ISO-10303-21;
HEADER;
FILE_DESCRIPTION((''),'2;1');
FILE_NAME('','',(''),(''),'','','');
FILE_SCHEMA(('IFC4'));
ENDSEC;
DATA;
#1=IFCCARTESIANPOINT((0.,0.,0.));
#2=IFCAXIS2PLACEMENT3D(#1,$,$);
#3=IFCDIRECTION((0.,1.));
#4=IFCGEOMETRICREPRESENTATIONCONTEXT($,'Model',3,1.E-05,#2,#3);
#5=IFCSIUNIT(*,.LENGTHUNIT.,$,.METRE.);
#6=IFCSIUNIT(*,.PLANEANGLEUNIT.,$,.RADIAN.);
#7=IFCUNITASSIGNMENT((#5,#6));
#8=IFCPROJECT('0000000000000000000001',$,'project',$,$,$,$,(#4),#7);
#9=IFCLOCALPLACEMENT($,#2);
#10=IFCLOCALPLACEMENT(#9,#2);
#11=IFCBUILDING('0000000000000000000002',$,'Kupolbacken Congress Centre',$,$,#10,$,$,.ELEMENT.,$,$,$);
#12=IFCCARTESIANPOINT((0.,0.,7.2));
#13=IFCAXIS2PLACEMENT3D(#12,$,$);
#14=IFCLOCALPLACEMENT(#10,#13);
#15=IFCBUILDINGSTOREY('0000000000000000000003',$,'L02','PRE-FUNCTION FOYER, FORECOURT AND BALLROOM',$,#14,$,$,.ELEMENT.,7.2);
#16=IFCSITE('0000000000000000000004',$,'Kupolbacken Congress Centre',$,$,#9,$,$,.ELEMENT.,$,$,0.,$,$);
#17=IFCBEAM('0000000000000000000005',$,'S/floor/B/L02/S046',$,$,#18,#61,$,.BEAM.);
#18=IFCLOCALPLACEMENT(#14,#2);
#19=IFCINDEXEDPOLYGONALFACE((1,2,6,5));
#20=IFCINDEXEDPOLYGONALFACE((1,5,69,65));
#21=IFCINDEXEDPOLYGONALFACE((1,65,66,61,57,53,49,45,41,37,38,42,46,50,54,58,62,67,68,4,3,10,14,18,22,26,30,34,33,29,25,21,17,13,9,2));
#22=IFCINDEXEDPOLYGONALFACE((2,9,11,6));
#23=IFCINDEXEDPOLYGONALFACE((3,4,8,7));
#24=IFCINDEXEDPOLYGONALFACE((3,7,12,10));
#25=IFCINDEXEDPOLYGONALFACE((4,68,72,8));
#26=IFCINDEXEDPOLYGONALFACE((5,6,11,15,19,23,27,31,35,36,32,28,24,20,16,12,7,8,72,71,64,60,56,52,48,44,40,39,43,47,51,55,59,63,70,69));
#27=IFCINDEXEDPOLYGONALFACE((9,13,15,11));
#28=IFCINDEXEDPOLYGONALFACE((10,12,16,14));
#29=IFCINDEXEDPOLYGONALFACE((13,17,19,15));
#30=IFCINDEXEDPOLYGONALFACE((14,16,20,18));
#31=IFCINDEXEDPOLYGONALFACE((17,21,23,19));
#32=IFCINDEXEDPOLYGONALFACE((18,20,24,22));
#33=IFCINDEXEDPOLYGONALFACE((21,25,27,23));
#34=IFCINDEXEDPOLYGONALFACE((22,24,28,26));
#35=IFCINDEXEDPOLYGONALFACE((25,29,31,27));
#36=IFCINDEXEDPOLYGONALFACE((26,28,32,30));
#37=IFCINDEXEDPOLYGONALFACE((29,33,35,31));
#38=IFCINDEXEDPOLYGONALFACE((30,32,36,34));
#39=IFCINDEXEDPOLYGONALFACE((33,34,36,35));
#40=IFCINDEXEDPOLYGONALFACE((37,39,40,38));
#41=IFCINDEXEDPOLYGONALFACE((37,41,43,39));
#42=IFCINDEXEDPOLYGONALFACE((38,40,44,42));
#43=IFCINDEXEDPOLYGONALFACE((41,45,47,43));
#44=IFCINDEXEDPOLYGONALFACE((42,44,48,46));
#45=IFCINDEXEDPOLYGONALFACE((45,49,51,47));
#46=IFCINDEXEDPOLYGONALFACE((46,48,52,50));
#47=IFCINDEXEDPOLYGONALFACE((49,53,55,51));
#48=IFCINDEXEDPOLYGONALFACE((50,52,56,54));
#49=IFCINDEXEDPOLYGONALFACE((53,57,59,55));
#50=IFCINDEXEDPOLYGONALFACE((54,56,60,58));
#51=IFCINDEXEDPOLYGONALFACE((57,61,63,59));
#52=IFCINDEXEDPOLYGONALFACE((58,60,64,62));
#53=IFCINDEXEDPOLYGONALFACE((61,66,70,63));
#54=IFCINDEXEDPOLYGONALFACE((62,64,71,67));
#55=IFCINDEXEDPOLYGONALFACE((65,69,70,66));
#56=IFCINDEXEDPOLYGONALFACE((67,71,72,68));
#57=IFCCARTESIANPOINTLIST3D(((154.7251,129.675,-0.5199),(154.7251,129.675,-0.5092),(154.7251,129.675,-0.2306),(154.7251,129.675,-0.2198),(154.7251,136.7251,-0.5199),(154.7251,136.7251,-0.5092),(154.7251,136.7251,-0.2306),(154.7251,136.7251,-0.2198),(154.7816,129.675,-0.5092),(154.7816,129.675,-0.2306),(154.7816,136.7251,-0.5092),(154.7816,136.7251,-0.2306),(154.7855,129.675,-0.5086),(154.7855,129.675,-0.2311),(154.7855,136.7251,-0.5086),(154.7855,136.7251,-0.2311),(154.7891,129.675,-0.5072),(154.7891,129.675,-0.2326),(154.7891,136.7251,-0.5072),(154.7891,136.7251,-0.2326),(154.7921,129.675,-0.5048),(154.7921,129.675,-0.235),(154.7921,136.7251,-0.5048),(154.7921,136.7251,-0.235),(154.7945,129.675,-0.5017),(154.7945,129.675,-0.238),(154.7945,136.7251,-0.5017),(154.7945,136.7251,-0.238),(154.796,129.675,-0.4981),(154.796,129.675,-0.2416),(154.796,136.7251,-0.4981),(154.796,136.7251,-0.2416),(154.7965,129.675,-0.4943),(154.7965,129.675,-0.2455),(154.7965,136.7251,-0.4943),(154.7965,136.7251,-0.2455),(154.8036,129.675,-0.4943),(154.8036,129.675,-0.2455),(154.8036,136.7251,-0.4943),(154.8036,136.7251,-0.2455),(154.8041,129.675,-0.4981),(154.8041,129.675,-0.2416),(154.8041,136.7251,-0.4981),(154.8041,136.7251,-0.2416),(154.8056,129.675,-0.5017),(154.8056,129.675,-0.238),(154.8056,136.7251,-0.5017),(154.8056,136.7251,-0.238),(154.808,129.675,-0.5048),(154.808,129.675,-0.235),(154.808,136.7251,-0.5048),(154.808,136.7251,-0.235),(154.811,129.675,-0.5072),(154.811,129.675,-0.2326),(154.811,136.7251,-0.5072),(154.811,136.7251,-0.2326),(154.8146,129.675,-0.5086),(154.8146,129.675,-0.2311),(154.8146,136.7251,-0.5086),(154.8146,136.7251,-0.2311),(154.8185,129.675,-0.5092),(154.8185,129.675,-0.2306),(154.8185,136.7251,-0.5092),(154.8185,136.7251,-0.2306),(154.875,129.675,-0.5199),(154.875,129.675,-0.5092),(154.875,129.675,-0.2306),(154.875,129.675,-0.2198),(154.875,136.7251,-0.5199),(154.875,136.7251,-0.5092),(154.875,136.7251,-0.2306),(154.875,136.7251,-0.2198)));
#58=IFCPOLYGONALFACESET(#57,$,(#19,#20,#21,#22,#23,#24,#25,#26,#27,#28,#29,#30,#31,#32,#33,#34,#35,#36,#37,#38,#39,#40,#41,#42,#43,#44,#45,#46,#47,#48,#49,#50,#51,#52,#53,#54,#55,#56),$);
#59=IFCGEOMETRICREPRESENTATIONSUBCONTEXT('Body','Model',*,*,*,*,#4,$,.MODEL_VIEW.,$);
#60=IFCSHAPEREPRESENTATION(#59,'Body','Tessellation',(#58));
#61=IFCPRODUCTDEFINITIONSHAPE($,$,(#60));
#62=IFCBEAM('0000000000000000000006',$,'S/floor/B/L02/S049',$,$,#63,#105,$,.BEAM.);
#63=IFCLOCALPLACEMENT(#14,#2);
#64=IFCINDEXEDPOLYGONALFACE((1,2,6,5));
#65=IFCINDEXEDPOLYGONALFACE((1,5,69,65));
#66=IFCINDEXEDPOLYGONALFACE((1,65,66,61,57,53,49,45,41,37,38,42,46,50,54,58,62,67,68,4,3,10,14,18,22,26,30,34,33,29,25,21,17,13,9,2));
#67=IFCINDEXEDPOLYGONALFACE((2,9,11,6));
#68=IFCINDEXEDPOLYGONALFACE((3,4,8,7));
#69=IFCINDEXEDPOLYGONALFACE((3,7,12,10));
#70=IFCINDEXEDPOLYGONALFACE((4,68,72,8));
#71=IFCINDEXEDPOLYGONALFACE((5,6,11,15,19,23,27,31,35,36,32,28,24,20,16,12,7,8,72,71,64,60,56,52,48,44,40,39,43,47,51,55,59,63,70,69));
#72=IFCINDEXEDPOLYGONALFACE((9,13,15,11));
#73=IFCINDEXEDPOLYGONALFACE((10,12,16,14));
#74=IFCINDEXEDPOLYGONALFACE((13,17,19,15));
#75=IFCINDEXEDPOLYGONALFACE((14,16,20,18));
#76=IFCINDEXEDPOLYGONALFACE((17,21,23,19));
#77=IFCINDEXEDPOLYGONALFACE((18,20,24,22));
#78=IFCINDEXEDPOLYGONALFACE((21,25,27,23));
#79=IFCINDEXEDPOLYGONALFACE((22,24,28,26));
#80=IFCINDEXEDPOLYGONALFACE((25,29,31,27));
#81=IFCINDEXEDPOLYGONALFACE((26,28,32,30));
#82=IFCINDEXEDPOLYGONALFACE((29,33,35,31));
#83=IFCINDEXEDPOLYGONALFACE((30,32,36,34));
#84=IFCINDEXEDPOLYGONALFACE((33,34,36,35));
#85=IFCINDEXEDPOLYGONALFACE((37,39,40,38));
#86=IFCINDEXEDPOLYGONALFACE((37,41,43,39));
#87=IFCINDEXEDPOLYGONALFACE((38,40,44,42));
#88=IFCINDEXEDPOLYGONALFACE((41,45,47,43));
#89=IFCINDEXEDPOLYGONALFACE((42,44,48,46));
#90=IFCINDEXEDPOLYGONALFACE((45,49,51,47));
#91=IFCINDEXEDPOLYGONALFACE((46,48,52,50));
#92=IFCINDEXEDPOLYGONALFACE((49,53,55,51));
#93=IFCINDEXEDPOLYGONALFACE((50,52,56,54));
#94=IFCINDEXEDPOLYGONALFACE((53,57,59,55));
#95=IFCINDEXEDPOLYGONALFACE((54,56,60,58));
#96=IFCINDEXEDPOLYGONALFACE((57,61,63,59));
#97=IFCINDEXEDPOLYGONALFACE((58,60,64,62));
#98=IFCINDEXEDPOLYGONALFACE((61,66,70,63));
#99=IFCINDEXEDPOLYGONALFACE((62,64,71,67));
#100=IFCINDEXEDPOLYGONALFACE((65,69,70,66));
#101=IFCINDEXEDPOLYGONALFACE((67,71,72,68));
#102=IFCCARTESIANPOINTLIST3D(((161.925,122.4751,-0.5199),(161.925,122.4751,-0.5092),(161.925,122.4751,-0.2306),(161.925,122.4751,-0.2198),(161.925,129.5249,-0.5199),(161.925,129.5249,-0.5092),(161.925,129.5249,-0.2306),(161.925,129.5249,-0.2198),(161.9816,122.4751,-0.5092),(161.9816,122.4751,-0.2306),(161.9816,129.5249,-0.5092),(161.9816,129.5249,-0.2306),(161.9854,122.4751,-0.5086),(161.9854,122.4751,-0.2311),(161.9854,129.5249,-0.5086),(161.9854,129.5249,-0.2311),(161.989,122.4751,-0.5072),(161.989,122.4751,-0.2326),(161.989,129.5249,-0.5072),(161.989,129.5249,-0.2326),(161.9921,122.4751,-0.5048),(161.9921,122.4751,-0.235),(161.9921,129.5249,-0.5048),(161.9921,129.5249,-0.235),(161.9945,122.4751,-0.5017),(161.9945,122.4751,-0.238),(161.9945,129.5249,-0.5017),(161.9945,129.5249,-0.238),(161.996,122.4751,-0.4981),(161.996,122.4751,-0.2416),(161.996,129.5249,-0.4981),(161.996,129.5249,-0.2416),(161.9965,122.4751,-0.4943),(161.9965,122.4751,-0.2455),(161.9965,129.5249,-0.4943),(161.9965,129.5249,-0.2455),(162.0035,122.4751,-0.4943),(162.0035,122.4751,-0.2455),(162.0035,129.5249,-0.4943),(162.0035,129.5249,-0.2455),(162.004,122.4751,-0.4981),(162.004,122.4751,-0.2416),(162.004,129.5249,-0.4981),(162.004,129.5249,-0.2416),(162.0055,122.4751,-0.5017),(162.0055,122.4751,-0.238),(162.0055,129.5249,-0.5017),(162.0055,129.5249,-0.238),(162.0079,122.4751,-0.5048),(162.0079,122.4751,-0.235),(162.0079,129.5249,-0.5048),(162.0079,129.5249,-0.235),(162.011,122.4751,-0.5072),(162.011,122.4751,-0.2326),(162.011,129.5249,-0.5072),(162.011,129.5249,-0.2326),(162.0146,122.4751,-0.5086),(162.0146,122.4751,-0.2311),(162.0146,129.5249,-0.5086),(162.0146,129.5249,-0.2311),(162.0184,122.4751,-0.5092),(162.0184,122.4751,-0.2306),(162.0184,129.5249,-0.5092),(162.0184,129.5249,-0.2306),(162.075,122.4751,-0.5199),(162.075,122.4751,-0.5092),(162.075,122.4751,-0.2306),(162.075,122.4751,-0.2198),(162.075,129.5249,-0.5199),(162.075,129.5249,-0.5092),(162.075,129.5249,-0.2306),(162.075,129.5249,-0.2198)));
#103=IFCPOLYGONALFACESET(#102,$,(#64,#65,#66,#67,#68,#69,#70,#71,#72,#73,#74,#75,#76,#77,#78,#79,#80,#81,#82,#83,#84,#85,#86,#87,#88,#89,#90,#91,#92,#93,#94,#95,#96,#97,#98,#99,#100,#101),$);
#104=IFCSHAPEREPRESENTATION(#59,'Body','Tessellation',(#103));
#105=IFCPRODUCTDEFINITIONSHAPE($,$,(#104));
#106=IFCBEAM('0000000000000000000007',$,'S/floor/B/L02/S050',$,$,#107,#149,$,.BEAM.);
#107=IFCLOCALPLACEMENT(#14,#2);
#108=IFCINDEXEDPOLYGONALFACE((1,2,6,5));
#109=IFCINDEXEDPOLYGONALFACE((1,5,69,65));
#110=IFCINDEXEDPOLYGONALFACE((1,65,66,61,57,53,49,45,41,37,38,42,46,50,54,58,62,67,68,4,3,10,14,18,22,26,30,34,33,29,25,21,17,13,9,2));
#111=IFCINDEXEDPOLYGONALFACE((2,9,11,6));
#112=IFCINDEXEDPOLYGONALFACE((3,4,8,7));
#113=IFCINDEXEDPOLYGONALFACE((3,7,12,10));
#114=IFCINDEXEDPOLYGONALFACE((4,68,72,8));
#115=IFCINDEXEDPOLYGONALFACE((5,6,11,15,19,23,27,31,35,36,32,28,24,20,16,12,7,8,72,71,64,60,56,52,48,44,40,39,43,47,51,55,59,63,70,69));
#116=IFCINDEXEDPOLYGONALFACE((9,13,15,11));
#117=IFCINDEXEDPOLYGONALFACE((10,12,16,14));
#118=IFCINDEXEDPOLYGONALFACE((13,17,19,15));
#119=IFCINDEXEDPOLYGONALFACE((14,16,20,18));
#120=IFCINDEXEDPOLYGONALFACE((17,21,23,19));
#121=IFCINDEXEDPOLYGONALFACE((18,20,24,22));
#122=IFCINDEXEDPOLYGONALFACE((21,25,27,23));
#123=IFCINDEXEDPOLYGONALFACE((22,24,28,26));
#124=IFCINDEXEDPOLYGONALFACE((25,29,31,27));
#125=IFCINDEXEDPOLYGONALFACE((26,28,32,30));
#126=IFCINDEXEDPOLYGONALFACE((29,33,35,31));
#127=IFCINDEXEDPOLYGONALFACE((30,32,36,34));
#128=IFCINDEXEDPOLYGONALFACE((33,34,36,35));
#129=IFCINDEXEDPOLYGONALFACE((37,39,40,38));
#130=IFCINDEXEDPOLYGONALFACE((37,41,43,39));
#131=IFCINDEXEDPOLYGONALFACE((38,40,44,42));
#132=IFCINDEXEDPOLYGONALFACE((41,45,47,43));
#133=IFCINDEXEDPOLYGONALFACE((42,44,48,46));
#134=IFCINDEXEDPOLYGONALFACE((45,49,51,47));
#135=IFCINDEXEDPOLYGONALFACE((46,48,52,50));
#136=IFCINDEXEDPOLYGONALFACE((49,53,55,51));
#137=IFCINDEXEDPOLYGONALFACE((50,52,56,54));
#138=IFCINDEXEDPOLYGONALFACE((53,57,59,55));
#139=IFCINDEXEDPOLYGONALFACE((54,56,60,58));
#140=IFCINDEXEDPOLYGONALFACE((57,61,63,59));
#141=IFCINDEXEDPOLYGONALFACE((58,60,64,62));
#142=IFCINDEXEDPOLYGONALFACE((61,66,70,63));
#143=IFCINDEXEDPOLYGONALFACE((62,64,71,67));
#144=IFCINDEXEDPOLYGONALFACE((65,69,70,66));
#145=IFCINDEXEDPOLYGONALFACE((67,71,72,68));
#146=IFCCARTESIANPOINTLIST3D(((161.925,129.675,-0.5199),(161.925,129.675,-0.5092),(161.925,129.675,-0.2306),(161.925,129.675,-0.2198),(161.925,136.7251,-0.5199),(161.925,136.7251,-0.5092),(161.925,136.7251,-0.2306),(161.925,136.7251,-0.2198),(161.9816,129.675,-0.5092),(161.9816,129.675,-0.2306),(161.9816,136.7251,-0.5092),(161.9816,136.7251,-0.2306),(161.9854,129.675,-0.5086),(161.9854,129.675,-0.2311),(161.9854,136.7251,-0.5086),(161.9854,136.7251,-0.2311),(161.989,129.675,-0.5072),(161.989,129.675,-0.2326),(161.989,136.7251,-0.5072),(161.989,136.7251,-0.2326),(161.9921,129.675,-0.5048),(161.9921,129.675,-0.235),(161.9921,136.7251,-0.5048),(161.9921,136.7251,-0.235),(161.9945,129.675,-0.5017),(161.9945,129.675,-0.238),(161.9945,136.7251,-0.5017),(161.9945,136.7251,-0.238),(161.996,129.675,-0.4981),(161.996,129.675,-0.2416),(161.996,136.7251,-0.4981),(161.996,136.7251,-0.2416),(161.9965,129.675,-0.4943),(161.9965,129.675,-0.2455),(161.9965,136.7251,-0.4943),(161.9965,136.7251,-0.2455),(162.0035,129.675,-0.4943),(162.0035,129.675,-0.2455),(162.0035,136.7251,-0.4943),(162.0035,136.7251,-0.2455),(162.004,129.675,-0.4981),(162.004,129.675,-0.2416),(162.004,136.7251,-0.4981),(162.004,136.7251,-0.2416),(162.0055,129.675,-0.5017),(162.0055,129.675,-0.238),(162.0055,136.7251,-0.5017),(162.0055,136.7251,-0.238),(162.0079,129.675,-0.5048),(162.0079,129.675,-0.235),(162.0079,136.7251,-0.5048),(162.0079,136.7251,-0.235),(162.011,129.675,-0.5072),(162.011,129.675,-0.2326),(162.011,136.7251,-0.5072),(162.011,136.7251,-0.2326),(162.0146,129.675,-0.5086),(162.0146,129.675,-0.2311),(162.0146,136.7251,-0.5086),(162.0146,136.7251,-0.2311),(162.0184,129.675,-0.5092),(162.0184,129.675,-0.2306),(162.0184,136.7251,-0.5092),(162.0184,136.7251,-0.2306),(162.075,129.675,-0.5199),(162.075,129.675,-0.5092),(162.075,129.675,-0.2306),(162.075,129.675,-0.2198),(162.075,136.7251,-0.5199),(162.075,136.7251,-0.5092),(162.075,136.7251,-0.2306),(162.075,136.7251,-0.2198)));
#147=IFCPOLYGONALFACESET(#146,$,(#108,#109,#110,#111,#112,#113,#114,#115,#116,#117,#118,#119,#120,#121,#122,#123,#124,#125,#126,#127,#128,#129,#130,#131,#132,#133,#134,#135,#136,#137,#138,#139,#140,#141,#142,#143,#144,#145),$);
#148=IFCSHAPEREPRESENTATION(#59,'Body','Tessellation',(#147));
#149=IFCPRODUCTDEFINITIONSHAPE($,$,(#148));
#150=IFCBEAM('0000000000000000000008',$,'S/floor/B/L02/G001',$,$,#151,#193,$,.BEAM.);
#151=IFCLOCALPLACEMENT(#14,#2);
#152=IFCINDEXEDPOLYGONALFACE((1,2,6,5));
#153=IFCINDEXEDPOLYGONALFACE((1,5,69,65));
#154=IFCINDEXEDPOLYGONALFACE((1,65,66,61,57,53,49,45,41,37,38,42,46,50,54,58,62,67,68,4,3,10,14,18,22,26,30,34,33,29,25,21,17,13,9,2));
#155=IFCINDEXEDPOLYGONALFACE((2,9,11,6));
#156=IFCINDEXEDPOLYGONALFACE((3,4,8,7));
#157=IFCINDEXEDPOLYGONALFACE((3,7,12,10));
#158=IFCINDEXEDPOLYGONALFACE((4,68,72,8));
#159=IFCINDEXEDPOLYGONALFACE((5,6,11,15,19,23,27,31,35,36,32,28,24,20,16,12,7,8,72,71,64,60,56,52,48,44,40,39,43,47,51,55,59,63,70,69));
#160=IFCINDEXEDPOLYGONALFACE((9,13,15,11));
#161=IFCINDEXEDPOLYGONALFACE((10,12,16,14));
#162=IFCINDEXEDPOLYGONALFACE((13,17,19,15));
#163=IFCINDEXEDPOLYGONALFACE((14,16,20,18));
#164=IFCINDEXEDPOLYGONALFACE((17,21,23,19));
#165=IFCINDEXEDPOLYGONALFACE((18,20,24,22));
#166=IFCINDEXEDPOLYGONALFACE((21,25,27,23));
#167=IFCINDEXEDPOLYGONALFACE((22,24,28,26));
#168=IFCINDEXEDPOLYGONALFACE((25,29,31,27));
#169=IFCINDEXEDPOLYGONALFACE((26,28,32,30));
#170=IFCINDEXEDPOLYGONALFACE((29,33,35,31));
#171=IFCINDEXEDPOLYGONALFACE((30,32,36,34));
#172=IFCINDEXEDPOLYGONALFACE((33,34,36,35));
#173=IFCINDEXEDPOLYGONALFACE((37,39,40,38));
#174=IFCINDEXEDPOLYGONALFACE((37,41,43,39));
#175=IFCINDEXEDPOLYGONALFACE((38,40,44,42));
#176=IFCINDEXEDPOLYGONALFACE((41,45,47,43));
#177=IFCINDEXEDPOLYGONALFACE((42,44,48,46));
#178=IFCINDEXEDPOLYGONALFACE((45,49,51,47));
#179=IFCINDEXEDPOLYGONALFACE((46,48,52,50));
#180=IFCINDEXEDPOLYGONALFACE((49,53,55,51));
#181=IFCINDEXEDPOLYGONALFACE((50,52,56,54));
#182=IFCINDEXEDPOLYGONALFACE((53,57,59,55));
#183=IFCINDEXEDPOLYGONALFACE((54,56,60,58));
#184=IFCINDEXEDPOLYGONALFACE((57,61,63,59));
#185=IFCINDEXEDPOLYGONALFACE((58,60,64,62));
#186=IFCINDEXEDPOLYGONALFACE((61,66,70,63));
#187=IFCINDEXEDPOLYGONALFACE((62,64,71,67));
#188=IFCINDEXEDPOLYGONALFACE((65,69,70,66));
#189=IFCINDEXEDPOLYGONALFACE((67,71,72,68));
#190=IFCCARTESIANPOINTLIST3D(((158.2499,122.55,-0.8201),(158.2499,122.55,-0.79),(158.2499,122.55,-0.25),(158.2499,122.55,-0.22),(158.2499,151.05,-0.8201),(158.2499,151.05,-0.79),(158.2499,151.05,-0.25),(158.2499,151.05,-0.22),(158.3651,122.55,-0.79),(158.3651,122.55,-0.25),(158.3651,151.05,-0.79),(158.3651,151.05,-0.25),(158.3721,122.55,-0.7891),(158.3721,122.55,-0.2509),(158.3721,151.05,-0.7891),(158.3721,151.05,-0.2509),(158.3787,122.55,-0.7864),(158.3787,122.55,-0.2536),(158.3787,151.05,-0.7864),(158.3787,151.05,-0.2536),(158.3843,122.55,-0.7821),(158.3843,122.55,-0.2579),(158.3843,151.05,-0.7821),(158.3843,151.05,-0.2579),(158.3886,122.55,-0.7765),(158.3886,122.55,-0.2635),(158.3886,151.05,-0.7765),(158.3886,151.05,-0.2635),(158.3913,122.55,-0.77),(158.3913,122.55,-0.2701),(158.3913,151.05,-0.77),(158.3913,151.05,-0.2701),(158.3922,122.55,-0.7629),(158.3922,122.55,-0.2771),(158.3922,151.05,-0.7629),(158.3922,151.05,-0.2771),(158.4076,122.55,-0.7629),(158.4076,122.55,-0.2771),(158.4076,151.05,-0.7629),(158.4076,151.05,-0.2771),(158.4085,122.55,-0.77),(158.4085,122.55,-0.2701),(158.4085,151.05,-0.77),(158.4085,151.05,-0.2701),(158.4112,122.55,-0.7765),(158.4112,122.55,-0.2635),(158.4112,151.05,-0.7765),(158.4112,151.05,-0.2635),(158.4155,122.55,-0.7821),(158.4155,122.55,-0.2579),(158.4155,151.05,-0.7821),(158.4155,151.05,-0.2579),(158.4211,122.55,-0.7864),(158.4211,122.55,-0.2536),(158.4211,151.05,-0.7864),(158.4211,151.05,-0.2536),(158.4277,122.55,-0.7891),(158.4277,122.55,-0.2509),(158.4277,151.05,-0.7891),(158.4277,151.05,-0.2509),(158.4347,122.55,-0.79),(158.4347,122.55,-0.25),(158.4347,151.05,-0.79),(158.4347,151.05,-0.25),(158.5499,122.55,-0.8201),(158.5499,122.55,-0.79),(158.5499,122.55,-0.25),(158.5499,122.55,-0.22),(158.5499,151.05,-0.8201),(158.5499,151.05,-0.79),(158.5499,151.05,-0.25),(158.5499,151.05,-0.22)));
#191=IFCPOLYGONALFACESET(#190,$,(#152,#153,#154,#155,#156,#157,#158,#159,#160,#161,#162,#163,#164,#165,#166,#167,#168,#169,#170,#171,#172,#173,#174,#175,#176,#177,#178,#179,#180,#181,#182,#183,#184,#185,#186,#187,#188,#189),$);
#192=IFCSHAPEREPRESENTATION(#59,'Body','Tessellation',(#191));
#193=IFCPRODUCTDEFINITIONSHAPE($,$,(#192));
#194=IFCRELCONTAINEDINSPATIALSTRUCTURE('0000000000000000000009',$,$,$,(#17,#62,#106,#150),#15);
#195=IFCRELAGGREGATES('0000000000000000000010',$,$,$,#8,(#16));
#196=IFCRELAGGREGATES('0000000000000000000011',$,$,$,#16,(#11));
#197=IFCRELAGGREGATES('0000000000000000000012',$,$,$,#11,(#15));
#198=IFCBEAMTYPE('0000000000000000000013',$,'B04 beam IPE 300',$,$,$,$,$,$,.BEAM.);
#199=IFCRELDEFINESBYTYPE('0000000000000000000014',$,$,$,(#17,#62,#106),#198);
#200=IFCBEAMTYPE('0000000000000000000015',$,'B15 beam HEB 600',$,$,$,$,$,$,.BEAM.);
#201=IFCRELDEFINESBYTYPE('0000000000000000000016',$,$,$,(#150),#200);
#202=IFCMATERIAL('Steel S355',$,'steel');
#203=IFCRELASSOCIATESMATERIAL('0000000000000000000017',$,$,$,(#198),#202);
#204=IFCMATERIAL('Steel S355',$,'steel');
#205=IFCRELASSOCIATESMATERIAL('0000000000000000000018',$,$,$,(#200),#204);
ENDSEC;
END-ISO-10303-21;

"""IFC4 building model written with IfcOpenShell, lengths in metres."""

from ifc_helpers import new_model, si_unit, direction, frame, origin, origin_2d, place, context, subcontext, project, spatial, i_section, extrude, material, material_profile, profile_set, type_object, element, save


model = new_model("IFC4")

# Units and contexts
model_context = context("Model", 3, precision=1e-05, world=origin(), true_north=direction((0.0, 1.0)))
body_context = subcontext(model_context, "Body", "Model", "MODEL_VIEW")
ifc_project = project(units=[si_unit("LENGTHUNIT", "METRE"), si_unit("PLANEANGLEUNIT", "RADIAN")], contexts=[model_context])

# Site, building, storey
site_placement = place(None, origin())
site = spatial("IfcSite", under=ifc_project, at=site_placement, Name="Kupolbacken Congress Centre", CompositionType="ELEMENT", RefElevation=0.0)
building_placement = place(site_placement, origin())
building = spatial("IfcBuilding", under=site, at=building_placement, Name="Kupolbacken Congress Centre", CompositionType="ELEMENT")
storey_placement = place(building_placement, frame((0.0, 0.0, 7.2)))
storey = spatial("IfcBuildingStorey", under=building, at=storey_placement, Name="L02", Description="PRE-FUNCTION FOYER, FORECOURT AND BALLROOM", CompositionType="ELEMENT", Elevation=7.2)

# Beams
ifc_material_1 = material(Name="Steel S355", Category="steel")
ifc_material_profile_1 = material_profile(ifc_material_1, i_section(OverallWidth=0.1499, OverallDepth=0.3, WebThickness=0.0071, FlangeThickness=0.0107, FilletRadius=0.0149, at=origin_2d()), Name="IPE 300")
ifc_profile_set_1 = profile_set([ifc_material_profile_1], Name="Steel S355")
beam_type_1 = type_object("IfcBeamType", Name="B04 beam IPE 300", PredefinedType="BEAM", material=ifc_profile_set_1)
beam_1_placement = place(storey_placement, frame((154.8, 129.675, -0.3699), z_axis=(0.0, 1.0, 0.0), x_axis=(-1.0, 0.0, 0.0)))
element("IfcBeam", 1, at=beam_1_placement, inside=storey, type_object=beam_type_1, Name="S/floor/B/L02/S046", PredefinedType="BEAM", context=body_context, shape_type="SweptSolid", body=[
    extrude(i_section(OverallWidth=0.1499, OverallDepth=0.3, WebThickness=0.0071, FlangeThickness=0.0107, FilletRadius=0.0149, at=origin_2d()), origin(), (0.0, 0.0, 1.0), 7.05),
])
beam_2_placement = place(storey_placement, frame((162.0, 122.4751, -0.3699), z_axis=(0.0, 1.0, 0.0), x_axis=(-1.0, 0.0, 0.0)))
element("IfcBeam", 2, at=beam_2_placement, inside=storey, type_object=beam_type_1, Name="S/floor/B/L02/S049", PredefinedType="BEAM", context=body_context, shape_type="SweptSolid", body=[
    extrude(i_section(OverallWidth=0.1499, OverallDepth=0.3, WebThickness=0.0071, FlangeThickness=0.0107, FilletRadius=0.0149, at=origin_2d()), origin(), (0.0, 0.0, 1.0), 7.0498),
])
beam_3_placement = place(storey_placement, frame((162.0, 129.675, -0.3699), z_axis=(0.0, 1.0, 0.0), x_axis=(-1.0, 0.0, 0.0)))
element("IfcBeam", 3, at=beam_3_placement, inside=storey, type_object=beam_type_1, Name="S/floor/B/L02/S050", PredefinedType="BEAM", context=body_context, shape_type="SweptSolid", body=[
    extrude(i_section(OverallWidth=0.1499, OverallDepth=0.3, WebThickness=0.0071, FlangeThickness=0.0107, FilletRadius=0.0149, at=origin_2d()), origin(), (0.0, 0.0, 1.0), 7.05),
])
ifc_material_2 = material(Name="Steel S355", Category="steel")
ifc_material_profile_2 = material_profile(ifc_material_2, i_section(OverallWidth=0.3, OverallDepth=0.6001, WebThickness=0.0154, FlangeThickness=0.03, FilletRadius=0.0271, at=origin_2d()), Name="HEB 600")
ifc_profile_set_2 = profile_set([ifc_material_profile_2], Name="Steel S355")
beam_type_2 = type_object("IfcBeamType", Name="B15 beam HEB 600", PredefinedType="BEAM", material=ifc_profile_set_2)
beam_4_placement = place(storey_placement, frame((158.3999, 122.55, -0.52), z_axis=(0.0, 1.0, 0.0), x_axis=(-1.0, 0.0, 0.0)))
element("IfcBeam", 4, at=beam_4_placement, inside=storey, type_object=beam_type_2, Name="S/floor/B/L02/G001", PredefinedType="BEAM", context=body_context, shape_type="SweptSolid", body=[
    extrude(i_section(OverallWidth=0.3, OverallDepth=0.6001, WebThickness=0.0154, FlangeThickness=0.03, FilletRadius=0.0271, at=origin_2d()), origin(), (0.0, 0.0, 1.0), 28.5),
])

save(model, "model.ifc")
